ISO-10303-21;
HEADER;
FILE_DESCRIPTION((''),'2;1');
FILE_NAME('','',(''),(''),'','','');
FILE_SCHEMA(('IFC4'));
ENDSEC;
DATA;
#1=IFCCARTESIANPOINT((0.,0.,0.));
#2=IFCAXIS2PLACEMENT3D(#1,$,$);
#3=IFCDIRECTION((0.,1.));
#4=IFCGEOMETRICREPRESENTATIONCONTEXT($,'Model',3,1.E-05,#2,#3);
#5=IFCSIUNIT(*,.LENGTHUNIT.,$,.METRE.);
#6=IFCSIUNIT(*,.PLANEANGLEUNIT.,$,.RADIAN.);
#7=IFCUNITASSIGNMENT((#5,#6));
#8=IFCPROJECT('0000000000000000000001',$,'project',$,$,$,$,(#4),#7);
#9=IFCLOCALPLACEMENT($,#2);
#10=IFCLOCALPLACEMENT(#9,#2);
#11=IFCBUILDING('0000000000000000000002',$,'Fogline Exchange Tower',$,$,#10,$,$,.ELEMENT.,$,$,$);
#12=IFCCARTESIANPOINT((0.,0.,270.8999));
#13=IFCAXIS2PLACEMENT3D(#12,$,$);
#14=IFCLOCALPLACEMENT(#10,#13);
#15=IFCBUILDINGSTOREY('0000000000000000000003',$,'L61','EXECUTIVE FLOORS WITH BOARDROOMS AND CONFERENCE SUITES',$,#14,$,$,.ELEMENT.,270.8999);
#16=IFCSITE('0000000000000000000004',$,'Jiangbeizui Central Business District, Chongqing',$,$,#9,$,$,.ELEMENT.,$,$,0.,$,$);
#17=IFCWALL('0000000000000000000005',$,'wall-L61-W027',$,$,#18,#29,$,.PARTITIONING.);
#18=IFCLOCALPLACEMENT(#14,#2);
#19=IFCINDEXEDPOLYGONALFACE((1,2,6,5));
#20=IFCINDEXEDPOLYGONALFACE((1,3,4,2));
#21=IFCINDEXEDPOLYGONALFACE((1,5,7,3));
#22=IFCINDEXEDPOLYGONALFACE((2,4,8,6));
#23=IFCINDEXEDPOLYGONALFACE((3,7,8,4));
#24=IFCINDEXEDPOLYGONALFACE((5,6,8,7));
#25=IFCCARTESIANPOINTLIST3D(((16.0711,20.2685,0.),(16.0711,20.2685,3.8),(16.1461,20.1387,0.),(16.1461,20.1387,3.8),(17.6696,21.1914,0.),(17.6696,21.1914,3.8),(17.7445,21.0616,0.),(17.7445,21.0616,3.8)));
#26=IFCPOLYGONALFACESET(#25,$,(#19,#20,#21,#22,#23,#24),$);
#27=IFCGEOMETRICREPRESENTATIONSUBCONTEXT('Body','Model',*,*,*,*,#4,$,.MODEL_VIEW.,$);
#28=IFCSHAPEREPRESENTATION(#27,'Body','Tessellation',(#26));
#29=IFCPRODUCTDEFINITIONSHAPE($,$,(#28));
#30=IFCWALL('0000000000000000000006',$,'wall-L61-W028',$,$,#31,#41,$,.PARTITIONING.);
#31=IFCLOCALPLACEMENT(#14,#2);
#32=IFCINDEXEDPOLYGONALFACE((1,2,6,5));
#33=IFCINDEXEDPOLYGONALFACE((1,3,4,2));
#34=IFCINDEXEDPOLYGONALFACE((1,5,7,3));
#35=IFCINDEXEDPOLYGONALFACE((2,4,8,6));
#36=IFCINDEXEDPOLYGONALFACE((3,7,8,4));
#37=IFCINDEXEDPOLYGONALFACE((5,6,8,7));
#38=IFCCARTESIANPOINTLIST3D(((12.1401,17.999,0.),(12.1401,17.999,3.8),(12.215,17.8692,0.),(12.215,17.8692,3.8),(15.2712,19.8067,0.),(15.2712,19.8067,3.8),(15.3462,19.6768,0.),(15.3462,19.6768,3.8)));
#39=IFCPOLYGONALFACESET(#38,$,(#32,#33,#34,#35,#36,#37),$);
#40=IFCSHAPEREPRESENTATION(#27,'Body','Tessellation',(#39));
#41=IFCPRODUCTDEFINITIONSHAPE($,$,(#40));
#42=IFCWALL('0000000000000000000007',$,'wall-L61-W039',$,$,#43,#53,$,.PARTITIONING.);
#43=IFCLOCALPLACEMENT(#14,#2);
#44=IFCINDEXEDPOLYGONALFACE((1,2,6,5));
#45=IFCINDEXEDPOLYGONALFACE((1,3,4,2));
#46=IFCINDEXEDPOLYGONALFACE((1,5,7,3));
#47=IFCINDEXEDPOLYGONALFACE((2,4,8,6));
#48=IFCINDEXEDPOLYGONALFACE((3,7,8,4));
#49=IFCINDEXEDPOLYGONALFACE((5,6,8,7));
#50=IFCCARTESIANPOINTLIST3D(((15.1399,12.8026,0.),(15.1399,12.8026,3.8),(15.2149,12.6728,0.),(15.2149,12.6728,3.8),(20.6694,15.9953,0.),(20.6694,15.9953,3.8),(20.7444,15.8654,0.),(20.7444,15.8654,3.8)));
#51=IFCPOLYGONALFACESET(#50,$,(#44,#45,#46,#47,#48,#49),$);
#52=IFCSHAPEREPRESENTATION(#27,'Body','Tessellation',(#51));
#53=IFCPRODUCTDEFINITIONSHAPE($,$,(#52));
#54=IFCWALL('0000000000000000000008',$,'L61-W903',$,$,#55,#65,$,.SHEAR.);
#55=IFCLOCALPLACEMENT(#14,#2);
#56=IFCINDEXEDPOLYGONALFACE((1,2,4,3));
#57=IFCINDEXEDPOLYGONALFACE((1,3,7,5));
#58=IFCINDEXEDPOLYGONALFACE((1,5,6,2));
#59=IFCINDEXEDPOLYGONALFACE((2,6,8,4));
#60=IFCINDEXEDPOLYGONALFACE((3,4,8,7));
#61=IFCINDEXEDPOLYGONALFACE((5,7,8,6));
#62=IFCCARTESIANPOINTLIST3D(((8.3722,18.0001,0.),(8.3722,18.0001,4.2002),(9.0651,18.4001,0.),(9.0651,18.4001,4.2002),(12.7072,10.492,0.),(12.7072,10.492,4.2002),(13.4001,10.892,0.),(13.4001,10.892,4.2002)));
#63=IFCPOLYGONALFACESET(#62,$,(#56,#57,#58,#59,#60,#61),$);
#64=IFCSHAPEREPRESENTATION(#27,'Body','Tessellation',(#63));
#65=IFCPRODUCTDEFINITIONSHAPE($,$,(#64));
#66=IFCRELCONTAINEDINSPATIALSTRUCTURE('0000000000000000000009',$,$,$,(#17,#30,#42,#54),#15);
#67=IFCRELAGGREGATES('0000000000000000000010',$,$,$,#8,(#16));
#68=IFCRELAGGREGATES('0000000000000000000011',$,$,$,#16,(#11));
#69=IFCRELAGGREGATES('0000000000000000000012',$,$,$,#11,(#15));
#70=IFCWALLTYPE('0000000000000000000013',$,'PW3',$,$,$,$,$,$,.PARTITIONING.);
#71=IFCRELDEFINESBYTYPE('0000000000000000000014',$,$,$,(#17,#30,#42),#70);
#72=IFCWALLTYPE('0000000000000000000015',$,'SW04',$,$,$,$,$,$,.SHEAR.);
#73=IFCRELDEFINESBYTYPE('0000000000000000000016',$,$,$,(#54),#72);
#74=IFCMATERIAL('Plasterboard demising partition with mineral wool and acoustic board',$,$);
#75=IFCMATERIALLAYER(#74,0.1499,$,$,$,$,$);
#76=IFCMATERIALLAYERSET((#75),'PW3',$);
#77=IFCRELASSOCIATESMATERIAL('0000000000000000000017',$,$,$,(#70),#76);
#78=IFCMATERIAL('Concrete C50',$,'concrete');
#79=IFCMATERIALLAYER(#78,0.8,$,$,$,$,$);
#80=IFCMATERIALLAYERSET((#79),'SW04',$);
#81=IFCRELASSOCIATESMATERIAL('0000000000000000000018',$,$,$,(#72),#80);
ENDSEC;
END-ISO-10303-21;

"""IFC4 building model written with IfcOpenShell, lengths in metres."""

from ifc_helpers import new_model, si_unit, direction, frame, frame_2d, origin, place, context, subcontext, project, spatial, rectangle, extrude, material, layer, layer_set, type_object, element, save


model = new_model("IFC4")

# Units and contexts
model_context = context("Model", 3, precision=1e-05, world=origin(), true_north=direction((0.0, 1.0)))
body_context = subcontext(model_context, "Body", "Model", "MODEL_VIEW")
ifc_project = project(units=[si_unit("LENGTHUNIT", "METRE"), si_unit("PLANEANGLEUNIT", "RADIAN")], contexts=[model_context])

# Site, building, storey
site_placement = place(None, origin())
site = spatial("IfcSite", under=ifc_project, at=site_placement, Name="Jiangbeizui Central Business District, Chongqing", CompositionType="ELEMENT", RefElevation=0.0)
building_placement = place(site_placement, origin())
building = spatial("IfcBuilding", under=site, at=building_placement, Name="Fogline Exchange Tower", CompositionType="ELEMENT")
storey_placement = place(building_placement, frame((0.0, 0.0, 270.8999)))
storey = spatial("IfcBuildingStorey", under=building, at=storey_placement, Name="L61", Description="EXECUTIVE FLOORS WITH BOARDROOMS AND CONFERENCE SUITES", CompositionType="ELEMENT", Elevation=270.8999)

# Walls
ifc_material_1 = material(Name="Plasterboard demising partition with mineral wool and acoustic board")
ifc_layer_1 = layer(ifc_material_1, 0.1499)
ifc_layer_set_1 = layer_set([ifc_layer_1], Name="PW3")
wall_type_1 = type_object("IfcWallType", Name="PW3", PredefinedType="PARTITIONING", material=ifc_layer_set_1)
wall_1_placement = place(storey_placement, frame((17.707, 21.1265, 0.0), z_axis=(0.0, 0.0, 1.0), x_axis=(-0.86602, -0.500009, 0.0)))
element("IfcWall", 1, at=wall_1_placement, inside=storey, type_object=wall_type_1, Name="wall-L61-W027", PredefinedType="PARTITIONING", context=body_context, shape_type="SweptSolid", body=[
    extrude(rectangle(XDim=1.8457, YDim=0.1499, at=frame_2d((0.9229, 0.0))), origin(), (0.0, 0.0, 1.0), 3.8),
])
wall_2_placement = place(storey_placement, frame((15.3086, 19.7417, 0.0), z_axis=(0.0, 0.0, 1.0), x_axis=(-0.866041, -0.499974, 0.0)))
element("IfcWall", 2, at=wall_2_placement, inside=storey, type_object=wall_type_1, Name="wall-L61-W028", PredefinedType="PARTITIONING", context=body_context, shape_type="SweptSolid", body=[
    extrude(rectangle(XDim=3.6155, YDim=0.1499, at=frame_2d((1.8076, 0.0))), origin(), (0.0, 0.0, 1.0), 3.8),
])
wall_3_placement = place(storey_placement, frame((15.1775, 12.7378, 0.0), z_axis=(0.0, 0.0, 1.0), x_axis=(0.866016, 0.500017, 0.0)))
element("IfcWall", 3, at=wall_3_placement, inside=storey, type_object=wall_type_1, Name="wall-L61-W039", PredefinedType="PARTITIONING", context=body_context, shape_type="SweptSolid", body=[
    extrude(rectangle(XDim=6.385, YDim=0.1499, at=frame_2d((3.1924, 0.0))), origin(), (0.0, 0.0, 1.0), 3.8),
])
ifc_material_2 = material(Name="Concrete C50", Category="concrete")
ifc_layer_2 = layer(ifc_material_2, 0.8)
ifc_layer_set_2 = layer_set([ifc_layer_2], Name="SW04")
wall_type_2 = type_object("IfcWallType", Name="SW04", PredefinedType="SHEAR", material=ifc_layer_set_2)
wall_4_placement = place(storey_placement, frame((13.0537, 10.6919, 0.0), z_axis=(0.0, 0.0, 1.0), x_axis=(-0.500016, 0.866016, 0.0)))
element("IfcWall", 4, at=wall_4_placement, inside=storey, type_object=wall_type_2, Name="L61-W903", PredefinedType="SHEAR", context=body_context, shape_type="SweptSolid", body=[
    extrude(rectangle(XDim=8.6697, YDim=0.8, at=frame_2d((4.335, 0.0))), origin(), (0.0, 0.0, 1.0), 4.2002),
])

save(model, "model.ifc")
